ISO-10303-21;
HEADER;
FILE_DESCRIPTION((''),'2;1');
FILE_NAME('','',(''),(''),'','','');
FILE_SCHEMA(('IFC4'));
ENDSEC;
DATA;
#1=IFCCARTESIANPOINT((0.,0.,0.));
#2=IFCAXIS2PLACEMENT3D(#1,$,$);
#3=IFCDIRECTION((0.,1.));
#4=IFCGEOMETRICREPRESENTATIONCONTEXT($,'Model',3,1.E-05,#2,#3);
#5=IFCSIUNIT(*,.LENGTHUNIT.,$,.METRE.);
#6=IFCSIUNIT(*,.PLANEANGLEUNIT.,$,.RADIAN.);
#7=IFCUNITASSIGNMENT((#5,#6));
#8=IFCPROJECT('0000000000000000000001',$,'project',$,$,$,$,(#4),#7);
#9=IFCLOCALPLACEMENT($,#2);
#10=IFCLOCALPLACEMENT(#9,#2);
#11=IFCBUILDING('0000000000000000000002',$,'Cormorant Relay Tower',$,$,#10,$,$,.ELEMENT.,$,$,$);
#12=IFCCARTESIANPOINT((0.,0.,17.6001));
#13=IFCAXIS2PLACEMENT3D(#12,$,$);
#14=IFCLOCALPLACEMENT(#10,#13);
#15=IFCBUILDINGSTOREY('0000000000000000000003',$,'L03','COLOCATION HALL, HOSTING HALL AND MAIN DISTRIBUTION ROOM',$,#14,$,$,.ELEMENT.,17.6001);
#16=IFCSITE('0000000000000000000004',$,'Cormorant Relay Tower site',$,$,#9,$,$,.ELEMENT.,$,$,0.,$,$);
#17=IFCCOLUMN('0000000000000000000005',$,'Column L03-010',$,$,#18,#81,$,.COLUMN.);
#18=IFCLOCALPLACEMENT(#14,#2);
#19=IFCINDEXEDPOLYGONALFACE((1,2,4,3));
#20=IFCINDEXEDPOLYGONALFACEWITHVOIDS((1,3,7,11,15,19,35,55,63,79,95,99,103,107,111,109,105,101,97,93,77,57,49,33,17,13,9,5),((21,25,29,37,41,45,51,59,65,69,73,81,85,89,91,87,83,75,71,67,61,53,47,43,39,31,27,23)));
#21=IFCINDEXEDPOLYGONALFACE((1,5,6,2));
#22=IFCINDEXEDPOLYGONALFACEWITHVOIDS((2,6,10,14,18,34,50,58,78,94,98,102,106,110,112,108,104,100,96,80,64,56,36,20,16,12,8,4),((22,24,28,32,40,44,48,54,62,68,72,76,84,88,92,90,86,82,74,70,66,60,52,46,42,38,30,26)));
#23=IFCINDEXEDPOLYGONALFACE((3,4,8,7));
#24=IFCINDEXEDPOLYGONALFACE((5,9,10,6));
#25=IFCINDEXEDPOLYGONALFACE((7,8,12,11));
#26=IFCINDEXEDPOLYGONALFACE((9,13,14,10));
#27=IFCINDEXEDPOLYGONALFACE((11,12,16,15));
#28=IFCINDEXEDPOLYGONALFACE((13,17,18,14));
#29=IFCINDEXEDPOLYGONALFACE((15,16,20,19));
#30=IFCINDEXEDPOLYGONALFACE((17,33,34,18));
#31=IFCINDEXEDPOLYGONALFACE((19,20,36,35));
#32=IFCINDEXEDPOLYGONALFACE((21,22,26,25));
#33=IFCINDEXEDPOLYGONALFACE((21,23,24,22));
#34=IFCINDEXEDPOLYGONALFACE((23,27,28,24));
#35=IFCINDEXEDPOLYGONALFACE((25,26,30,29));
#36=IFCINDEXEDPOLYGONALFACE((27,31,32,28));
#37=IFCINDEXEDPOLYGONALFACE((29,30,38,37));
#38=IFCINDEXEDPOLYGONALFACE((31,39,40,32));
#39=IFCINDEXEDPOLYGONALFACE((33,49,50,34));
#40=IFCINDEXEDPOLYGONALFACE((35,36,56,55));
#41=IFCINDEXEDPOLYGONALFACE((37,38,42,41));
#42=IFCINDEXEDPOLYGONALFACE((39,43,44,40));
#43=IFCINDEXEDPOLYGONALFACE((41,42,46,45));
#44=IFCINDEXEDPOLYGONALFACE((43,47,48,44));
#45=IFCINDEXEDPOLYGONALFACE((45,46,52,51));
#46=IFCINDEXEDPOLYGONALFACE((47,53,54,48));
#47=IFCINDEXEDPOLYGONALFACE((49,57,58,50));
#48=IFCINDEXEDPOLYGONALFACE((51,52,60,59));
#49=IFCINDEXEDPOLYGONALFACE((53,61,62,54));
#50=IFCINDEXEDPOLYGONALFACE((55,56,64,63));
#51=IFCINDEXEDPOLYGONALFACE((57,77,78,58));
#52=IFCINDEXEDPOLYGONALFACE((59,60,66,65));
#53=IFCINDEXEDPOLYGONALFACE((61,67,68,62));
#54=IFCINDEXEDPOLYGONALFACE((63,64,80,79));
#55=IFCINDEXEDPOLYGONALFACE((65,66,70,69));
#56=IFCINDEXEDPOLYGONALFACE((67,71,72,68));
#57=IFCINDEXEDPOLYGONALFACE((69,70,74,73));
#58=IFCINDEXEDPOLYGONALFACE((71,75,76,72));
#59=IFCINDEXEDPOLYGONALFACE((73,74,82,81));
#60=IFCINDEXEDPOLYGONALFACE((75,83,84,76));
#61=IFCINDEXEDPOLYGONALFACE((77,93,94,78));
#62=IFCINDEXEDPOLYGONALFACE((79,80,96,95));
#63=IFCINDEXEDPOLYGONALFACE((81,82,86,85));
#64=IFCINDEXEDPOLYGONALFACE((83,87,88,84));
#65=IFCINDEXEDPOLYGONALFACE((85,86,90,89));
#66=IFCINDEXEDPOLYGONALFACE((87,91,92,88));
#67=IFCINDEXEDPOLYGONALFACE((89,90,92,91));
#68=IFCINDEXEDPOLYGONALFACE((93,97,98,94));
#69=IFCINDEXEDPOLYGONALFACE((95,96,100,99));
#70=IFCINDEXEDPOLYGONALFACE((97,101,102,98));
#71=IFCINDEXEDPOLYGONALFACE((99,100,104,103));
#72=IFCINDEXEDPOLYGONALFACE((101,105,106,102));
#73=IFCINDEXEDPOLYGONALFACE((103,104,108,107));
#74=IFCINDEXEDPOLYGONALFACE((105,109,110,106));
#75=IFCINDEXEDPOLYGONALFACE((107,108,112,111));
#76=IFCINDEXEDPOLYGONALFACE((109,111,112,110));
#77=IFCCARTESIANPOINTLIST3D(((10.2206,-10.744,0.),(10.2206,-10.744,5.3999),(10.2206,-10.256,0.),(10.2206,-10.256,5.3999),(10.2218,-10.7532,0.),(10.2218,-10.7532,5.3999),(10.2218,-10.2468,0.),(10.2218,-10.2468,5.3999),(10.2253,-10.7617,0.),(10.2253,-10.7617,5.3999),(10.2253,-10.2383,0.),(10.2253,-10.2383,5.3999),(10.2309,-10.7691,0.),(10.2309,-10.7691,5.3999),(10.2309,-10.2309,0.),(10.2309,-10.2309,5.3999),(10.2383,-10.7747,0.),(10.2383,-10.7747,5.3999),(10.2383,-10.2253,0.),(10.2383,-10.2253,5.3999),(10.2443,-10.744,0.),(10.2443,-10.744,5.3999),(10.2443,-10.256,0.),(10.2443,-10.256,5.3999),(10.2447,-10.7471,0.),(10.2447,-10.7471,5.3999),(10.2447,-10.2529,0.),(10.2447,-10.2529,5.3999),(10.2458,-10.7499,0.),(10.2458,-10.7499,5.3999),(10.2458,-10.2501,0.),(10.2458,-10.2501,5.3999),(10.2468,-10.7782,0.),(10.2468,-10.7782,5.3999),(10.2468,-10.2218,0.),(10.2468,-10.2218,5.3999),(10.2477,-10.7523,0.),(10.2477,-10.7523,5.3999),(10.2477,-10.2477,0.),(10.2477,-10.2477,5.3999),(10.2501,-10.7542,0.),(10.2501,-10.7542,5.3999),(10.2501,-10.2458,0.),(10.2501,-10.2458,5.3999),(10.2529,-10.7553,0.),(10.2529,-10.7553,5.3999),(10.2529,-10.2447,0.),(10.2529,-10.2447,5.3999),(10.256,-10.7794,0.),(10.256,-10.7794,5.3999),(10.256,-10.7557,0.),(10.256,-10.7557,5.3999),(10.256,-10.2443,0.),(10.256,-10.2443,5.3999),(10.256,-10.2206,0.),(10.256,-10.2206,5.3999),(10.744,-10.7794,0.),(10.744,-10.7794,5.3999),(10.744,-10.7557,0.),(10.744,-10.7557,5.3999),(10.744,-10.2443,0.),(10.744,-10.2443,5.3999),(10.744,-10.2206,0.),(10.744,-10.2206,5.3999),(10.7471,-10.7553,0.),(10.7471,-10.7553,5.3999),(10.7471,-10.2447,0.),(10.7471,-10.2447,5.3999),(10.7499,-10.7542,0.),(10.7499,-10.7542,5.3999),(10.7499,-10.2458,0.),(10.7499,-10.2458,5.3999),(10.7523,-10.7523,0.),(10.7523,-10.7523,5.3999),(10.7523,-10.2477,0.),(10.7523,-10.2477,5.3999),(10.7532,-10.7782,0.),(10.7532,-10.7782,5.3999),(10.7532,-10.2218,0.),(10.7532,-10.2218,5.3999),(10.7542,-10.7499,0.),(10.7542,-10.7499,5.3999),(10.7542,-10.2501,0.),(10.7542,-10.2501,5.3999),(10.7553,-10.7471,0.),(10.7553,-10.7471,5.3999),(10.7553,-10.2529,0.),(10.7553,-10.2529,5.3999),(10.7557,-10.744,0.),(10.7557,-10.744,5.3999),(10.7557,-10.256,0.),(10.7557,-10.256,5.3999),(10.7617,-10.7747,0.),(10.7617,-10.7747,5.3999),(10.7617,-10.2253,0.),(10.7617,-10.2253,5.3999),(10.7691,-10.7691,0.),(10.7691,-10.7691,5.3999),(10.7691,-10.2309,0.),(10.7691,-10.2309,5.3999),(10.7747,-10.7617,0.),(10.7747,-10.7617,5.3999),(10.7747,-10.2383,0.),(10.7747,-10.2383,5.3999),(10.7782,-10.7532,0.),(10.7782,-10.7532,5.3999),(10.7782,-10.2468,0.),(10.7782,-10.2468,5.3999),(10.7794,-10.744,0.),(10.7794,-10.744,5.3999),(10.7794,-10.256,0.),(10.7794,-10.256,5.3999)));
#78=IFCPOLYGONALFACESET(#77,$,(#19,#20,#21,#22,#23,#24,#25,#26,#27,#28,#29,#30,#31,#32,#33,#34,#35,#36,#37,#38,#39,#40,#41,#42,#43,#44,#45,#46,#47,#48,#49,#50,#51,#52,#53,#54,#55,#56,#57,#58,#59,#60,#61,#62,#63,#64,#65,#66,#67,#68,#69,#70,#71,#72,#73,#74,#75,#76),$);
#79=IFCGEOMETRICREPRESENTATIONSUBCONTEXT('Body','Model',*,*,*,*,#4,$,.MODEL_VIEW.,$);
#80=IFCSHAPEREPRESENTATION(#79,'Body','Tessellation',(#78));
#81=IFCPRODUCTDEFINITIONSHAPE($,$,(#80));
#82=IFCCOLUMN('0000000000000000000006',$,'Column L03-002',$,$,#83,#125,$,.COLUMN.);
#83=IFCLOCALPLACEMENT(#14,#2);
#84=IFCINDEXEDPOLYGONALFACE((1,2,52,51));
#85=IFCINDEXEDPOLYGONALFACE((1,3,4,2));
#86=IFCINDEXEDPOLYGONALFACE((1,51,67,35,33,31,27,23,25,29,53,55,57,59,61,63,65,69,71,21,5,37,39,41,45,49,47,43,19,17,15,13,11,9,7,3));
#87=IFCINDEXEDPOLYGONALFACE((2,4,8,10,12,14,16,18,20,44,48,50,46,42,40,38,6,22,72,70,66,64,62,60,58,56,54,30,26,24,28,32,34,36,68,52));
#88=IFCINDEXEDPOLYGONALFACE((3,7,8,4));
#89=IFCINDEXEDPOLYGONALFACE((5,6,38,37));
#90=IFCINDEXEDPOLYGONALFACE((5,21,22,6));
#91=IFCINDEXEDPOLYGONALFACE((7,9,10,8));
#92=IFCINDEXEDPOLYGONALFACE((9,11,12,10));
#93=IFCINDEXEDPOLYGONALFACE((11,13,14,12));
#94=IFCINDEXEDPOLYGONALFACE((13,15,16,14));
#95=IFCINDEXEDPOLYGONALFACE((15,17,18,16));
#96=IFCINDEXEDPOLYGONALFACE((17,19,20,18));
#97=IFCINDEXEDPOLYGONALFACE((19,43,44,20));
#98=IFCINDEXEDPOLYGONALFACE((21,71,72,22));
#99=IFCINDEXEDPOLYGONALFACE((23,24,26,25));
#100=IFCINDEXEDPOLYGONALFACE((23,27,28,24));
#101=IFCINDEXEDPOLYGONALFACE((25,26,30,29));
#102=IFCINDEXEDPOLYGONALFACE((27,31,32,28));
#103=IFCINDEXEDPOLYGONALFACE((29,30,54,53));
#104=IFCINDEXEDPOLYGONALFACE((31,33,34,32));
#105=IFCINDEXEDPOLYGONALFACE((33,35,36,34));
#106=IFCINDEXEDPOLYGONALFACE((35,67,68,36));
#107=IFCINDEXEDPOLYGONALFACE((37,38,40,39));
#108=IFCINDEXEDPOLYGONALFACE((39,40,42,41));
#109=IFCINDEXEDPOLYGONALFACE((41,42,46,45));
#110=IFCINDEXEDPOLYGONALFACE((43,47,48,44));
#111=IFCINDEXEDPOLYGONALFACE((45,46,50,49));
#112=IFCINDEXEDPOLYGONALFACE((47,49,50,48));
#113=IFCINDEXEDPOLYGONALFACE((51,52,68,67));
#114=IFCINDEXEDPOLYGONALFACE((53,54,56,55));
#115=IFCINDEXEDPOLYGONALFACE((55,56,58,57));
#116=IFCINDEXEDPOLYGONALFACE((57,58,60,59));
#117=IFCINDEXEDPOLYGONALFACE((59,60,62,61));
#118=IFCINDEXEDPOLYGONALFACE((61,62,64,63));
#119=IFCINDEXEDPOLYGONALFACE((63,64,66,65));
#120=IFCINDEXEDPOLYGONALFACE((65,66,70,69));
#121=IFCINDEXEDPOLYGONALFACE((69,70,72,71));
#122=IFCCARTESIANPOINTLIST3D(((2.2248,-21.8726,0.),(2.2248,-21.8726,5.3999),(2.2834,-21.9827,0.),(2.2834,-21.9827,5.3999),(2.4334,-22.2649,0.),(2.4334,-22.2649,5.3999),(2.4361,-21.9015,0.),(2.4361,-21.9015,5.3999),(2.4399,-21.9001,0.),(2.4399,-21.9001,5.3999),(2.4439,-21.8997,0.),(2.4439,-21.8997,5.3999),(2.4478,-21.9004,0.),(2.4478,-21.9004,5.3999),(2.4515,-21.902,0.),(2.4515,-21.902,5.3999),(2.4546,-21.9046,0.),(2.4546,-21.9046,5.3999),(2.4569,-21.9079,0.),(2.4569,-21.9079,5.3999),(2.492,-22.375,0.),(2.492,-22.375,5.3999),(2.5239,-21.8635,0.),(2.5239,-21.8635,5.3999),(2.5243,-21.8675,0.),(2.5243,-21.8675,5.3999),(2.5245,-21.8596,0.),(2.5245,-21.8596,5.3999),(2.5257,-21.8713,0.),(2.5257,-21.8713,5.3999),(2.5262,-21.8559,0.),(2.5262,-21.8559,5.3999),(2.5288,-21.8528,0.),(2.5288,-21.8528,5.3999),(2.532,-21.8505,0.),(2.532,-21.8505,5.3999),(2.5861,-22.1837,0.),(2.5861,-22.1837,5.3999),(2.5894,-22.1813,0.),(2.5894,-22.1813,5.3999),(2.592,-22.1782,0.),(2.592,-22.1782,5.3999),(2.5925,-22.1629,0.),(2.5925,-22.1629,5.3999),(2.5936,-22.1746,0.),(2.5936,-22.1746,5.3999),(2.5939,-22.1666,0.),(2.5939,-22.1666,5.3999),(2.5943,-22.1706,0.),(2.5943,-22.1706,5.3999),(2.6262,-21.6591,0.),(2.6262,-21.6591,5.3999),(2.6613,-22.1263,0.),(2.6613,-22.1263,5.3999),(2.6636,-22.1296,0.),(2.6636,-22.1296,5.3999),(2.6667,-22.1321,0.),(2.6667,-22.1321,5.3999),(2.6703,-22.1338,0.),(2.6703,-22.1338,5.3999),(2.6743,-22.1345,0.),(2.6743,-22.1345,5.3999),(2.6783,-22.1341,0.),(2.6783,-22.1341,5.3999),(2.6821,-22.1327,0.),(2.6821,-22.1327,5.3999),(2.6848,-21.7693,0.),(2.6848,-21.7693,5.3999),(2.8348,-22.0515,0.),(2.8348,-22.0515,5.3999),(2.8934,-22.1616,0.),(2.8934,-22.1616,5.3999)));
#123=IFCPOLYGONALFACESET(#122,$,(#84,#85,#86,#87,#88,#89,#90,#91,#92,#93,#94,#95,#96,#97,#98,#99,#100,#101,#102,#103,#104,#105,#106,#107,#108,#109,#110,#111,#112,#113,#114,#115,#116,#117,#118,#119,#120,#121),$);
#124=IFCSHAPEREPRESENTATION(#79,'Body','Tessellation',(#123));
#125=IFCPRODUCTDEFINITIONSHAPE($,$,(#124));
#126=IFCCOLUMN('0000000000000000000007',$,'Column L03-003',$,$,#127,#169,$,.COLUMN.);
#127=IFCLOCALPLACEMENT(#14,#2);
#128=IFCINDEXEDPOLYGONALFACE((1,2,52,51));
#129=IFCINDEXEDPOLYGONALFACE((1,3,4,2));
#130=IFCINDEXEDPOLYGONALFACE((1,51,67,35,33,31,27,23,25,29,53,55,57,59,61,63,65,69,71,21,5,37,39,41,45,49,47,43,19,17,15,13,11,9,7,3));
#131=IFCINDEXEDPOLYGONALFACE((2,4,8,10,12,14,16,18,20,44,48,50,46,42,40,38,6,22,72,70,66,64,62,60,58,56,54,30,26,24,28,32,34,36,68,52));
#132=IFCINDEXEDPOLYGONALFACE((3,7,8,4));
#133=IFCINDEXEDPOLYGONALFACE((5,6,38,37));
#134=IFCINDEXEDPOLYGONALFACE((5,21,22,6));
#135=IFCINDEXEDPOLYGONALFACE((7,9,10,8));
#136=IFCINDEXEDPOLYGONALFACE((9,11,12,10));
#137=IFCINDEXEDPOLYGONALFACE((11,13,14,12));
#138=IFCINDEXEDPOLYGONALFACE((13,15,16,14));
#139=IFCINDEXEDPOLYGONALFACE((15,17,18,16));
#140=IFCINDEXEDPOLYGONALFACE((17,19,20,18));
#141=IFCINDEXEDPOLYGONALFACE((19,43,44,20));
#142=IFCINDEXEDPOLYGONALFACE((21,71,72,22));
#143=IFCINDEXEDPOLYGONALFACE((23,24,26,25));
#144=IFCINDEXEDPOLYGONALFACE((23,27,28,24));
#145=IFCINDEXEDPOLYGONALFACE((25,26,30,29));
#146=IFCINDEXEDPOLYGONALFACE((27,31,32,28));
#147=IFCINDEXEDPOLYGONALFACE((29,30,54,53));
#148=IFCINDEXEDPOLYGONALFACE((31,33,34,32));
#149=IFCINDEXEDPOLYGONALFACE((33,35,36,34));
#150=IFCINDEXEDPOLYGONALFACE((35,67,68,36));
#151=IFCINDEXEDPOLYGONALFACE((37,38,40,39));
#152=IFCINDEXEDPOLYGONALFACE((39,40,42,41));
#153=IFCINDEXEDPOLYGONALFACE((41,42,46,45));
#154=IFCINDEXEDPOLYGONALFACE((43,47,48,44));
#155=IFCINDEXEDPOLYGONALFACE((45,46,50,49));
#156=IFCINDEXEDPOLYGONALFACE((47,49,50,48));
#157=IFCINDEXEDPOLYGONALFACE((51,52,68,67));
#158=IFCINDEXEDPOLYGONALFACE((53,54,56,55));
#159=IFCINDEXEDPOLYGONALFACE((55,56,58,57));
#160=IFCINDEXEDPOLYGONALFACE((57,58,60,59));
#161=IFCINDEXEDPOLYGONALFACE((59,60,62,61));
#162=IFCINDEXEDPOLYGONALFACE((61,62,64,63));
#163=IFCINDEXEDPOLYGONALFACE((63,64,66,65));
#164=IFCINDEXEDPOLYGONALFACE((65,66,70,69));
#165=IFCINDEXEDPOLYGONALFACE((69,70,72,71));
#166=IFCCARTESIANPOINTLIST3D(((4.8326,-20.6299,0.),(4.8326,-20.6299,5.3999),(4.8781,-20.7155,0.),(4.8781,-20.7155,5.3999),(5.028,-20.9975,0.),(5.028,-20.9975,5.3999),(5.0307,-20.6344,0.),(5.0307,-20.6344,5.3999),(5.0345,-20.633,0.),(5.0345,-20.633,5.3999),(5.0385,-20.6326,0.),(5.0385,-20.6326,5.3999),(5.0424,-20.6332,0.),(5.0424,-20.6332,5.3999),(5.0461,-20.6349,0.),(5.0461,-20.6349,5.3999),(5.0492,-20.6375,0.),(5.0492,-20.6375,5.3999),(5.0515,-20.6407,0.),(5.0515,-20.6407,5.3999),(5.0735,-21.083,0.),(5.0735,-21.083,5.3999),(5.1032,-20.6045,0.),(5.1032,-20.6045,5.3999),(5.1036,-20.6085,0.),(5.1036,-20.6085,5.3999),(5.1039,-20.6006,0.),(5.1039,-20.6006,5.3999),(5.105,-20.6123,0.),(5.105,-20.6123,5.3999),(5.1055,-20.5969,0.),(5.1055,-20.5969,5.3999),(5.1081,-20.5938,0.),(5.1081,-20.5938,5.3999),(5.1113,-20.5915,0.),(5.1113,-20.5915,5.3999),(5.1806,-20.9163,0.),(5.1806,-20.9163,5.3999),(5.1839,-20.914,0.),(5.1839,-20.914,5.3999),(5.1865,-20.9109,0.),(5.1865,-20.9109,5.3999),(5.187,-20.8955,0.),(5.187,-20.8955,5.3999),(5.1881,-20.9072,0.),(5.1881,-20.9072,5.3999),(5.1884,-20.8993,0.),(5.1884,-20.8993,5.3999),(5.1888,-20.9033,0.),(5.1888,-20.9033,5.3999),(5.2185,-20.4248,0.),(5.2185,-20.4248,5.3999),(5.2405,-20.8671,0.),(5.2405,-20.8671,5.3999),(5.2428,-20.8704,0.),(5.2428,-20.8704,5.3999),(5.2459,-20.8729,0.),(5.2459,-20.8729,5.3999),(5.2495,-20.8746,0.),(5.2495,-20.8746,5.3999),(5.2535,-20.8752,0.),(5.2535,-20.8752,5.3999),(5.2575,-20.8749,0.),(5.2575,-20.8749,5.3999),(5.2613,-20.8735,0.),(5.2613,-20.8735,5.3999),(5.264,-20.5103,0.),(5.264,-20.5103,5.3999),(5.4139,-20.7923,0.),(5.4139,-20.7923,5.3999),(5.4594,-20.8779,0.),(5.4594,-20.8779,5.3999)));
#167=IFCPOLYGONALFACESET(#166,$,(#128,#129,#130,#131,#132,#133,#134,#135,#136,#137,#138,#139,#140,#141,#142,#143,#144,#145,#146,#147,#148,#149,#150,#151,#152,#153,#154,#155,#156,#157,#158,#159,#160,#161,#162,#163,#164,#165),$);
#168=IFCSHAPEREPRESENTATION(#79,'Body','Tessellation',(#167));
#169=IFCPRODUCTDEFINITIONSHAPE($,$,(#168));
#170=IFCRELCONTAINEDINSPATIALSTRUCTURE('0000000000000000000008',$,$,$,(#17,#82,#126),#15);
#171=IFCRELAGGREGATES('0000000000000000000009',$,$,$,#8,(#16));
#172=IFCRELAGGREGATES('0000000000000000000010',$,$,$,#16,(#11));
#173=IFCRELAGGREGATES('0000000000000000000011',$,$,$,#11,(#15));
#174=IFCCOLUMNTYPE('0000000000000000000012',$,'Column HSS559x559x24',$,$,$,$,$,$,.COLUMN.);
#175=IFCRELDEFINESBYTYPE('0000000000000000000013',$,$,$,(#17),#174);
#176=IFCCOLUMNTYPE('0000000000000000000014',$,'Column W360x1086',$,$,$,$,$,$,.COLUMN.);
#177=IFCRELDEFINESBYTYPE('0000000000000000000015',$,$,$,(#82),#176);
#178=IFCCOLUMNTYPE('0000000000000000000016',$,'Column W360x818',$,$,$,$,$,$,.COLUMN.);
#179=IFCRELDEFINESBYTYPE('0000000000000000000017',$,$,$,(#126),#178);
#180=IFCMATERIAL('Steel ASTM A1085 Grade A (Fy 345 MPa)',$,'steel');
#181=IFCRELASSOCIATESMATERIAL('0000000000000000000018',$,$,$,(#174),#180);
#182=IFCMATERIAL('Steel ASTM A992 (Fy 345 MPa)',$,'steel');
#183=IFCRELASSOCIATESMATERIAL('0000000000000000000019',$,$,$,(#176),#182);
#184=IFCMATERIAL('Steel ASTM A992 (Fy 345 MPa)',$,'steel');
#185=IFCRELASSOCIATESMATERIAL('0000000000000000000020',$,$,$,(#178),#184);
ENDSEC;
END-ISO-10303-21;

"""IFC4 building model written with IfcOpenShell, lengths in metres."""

from ifc_helpers import new_model, si_unit, direction, frame, origin, origin_2d, place, context, subcontext, project, spatial, hollow_rectangle, i_section, extrude, material, material_profile, profile_set, type_object, element, save


model = new_model("IFC4")

# Units and contexts
model_context = context("Model", 3, precision=1e-05, world=origin(), true_north=direction((0.0, 1.0)))
body_context = subcontext(model_context, "Body", "Model", "MODEL_VIEW")
ifc_project = project(units=[si_unit("LENGTHUNIT", "METRE"), si_unit("PLANEANGLEUNIT", "RADIAN")], contexts=[model_context])

# Site, building, storey
site_placement = place(None, origin())
site = spatial("IfcSite", under=ifc_project, at=site_placement, Name="Cormorant Relay Tower site", CompositionType="ELEMENT", RefElevation=0.0)
building_placement = place(site_placement, origin())
building = spatial("IfcBuilding", under=site, at=building_placement, Name="Cormorant Relay Tower", CompositionType="ELEMENT")
storey_placement = place(building_placement, frame((0.0, 0.0, 17.6001)))
storey = spatial("IfcBuildingStorey", under=building, at=storey_placement, Name="L03", Description="COLOCATION HALL, HOSTING HALL AND MAIN DISTRIBUTION ROOM", CompositionType="ELEMENT", Elevation=17.6001)

# Columns
ifc_material_1 = material(Name="Steel ASTM A1085 Grade A (Fy 345 MPa)", Category="steel")
ifc_material_profile_1 = material_profile(ifc_material_1, hollow_rectangle(XDim=0.5588, YDim=0.5588, WallThickness=0.0237, InnerFilletRadius=0.0117, OuterFilletRadius=0.0354, at=origin_2d()), Name="HSS559x559x24")
ifc_profile_set_1 = profile_set([ifc_material_profile_1], Name="Steel ASTM A1085 Grade A (Fy 345 MPa)")
column_type_1 = type_object("IfcColumnType", Name="Column HSS559x559x24", PredefinedType="COLUMN", material=ifc_profile_set_1)
column_1_placement = place(storey_placement, frame((10.5, -10.5, 0.0), z_axis=(0.0, 0.0, 1.0), x_axis=(1.0, 0.0, 0.0)))
element("IfcColumn", 1, at=column_1_placement, inside=storey, type_object=column_type_1, Name="Column L03-010", PredefinedType="COLUMN", context=body_context, shape_type="SweptSolid", body=[
    extrude(hollow_rectangle(XDim=0.5588, YDim=0.5588, WallThickness=0.0237, InnerFilletRadius=0.0117, OuterFilletRadius=0.0354, at=origin_2d()), origin(), (0.0, 0.0, 1.0), 5.3999),
])
ifc_material_2 = material(Name="Steel ASTM A992 (Fy 345 MPa)", Category="steel")
ifc_material_profile_2 = material_profile(ifc_material_2, i_section(OverallWidth=0.4546, OverallDepth=0.5691, WebThickness=0.0779, FlangeThickness=0.1248, FilletRadius=0.0154, at=origin_2d()), Name="W360x1086")
ifc_profile_set_2 = profile_set([ifc_material_profile_2], Name="Steel ASTM A992 (Fy 345 MPa)")
column_type_2 = type_object("IfcColumnType", Name="Column W360x1086", PredefinedType="COLUMN", material=ifc_profile_set_2)
column_2_placement = place(storey_placement, frame((2.5591, -22.0171, 0.0), z_axis=(0.0, 0.0, 1.0), x_axis=(0.882948, 0.469472, 0.0)))
element("IfcColumn", 2, at=column_2_placement, inside=storey, type_object=column_type_2, Name="Column L03-002", PredefinedType="COLUMN", context=body_context, shape_type="SweptSolid", body=[
    extrude(i_section(OverallWidth=0.4546, OverallDepth=0.5691, WebThickness=0.0779, FlangeThickness=0.1248, FilletRadius=0.0154, at=origin_2d()), origin(), (0.0, 0.0, 1.0), 5.3999),
])
ifc_material_3 = material(Name="Steel ASTM A992 (Fy 345 MPa)", Category="steel")
ifc_material_profile_3 = material_profile(ifc_material_3, i_section(OverallWidth=0.437, OverallDepth=0.5132, WebThickness=0.0605, FlangeThickness=0.0969, FilletRadius=0.0154, at=origin_2d()), Name="W360x818")
ifc_profile_set_3 = profile_set([ifc_material_profile_3], Name="Steel ASTM A992 (Fy 345 MPa)")
column_type_3 = type_object("IfcColumnType", Name="Column W360x818", PredefinedType="COLUMN", material=ifc_profile_set_3)
for number, where, z_axis, x_axis, name in (
    (3, (5.146, -20.7539, 0.0), (0.0, 0.0, 1.0), (0.882948, 0.469472, 0.0), "Column L03-003"),
):
    element("IfcColumn", number, at=place(storey_placement, frame(where, z_axis=z_axis, x_axis=x_axis)), inside=storey, type_object=column_type_3, Name=name, PredefinedType="COLUMN", context=body_context, shape_type="SweptSolid", body=[
        extrude(i_section(OverallWidth=0.437, OverallDepth=0.5132, WebThickness=0.0605, FlangeThickness=0.0969, FilletRadius=0.0154, at=origin_2d()), origin(), (0.0, 0.0, 1.0), 5.3999),
    ])

save(model, "model.ifc")
